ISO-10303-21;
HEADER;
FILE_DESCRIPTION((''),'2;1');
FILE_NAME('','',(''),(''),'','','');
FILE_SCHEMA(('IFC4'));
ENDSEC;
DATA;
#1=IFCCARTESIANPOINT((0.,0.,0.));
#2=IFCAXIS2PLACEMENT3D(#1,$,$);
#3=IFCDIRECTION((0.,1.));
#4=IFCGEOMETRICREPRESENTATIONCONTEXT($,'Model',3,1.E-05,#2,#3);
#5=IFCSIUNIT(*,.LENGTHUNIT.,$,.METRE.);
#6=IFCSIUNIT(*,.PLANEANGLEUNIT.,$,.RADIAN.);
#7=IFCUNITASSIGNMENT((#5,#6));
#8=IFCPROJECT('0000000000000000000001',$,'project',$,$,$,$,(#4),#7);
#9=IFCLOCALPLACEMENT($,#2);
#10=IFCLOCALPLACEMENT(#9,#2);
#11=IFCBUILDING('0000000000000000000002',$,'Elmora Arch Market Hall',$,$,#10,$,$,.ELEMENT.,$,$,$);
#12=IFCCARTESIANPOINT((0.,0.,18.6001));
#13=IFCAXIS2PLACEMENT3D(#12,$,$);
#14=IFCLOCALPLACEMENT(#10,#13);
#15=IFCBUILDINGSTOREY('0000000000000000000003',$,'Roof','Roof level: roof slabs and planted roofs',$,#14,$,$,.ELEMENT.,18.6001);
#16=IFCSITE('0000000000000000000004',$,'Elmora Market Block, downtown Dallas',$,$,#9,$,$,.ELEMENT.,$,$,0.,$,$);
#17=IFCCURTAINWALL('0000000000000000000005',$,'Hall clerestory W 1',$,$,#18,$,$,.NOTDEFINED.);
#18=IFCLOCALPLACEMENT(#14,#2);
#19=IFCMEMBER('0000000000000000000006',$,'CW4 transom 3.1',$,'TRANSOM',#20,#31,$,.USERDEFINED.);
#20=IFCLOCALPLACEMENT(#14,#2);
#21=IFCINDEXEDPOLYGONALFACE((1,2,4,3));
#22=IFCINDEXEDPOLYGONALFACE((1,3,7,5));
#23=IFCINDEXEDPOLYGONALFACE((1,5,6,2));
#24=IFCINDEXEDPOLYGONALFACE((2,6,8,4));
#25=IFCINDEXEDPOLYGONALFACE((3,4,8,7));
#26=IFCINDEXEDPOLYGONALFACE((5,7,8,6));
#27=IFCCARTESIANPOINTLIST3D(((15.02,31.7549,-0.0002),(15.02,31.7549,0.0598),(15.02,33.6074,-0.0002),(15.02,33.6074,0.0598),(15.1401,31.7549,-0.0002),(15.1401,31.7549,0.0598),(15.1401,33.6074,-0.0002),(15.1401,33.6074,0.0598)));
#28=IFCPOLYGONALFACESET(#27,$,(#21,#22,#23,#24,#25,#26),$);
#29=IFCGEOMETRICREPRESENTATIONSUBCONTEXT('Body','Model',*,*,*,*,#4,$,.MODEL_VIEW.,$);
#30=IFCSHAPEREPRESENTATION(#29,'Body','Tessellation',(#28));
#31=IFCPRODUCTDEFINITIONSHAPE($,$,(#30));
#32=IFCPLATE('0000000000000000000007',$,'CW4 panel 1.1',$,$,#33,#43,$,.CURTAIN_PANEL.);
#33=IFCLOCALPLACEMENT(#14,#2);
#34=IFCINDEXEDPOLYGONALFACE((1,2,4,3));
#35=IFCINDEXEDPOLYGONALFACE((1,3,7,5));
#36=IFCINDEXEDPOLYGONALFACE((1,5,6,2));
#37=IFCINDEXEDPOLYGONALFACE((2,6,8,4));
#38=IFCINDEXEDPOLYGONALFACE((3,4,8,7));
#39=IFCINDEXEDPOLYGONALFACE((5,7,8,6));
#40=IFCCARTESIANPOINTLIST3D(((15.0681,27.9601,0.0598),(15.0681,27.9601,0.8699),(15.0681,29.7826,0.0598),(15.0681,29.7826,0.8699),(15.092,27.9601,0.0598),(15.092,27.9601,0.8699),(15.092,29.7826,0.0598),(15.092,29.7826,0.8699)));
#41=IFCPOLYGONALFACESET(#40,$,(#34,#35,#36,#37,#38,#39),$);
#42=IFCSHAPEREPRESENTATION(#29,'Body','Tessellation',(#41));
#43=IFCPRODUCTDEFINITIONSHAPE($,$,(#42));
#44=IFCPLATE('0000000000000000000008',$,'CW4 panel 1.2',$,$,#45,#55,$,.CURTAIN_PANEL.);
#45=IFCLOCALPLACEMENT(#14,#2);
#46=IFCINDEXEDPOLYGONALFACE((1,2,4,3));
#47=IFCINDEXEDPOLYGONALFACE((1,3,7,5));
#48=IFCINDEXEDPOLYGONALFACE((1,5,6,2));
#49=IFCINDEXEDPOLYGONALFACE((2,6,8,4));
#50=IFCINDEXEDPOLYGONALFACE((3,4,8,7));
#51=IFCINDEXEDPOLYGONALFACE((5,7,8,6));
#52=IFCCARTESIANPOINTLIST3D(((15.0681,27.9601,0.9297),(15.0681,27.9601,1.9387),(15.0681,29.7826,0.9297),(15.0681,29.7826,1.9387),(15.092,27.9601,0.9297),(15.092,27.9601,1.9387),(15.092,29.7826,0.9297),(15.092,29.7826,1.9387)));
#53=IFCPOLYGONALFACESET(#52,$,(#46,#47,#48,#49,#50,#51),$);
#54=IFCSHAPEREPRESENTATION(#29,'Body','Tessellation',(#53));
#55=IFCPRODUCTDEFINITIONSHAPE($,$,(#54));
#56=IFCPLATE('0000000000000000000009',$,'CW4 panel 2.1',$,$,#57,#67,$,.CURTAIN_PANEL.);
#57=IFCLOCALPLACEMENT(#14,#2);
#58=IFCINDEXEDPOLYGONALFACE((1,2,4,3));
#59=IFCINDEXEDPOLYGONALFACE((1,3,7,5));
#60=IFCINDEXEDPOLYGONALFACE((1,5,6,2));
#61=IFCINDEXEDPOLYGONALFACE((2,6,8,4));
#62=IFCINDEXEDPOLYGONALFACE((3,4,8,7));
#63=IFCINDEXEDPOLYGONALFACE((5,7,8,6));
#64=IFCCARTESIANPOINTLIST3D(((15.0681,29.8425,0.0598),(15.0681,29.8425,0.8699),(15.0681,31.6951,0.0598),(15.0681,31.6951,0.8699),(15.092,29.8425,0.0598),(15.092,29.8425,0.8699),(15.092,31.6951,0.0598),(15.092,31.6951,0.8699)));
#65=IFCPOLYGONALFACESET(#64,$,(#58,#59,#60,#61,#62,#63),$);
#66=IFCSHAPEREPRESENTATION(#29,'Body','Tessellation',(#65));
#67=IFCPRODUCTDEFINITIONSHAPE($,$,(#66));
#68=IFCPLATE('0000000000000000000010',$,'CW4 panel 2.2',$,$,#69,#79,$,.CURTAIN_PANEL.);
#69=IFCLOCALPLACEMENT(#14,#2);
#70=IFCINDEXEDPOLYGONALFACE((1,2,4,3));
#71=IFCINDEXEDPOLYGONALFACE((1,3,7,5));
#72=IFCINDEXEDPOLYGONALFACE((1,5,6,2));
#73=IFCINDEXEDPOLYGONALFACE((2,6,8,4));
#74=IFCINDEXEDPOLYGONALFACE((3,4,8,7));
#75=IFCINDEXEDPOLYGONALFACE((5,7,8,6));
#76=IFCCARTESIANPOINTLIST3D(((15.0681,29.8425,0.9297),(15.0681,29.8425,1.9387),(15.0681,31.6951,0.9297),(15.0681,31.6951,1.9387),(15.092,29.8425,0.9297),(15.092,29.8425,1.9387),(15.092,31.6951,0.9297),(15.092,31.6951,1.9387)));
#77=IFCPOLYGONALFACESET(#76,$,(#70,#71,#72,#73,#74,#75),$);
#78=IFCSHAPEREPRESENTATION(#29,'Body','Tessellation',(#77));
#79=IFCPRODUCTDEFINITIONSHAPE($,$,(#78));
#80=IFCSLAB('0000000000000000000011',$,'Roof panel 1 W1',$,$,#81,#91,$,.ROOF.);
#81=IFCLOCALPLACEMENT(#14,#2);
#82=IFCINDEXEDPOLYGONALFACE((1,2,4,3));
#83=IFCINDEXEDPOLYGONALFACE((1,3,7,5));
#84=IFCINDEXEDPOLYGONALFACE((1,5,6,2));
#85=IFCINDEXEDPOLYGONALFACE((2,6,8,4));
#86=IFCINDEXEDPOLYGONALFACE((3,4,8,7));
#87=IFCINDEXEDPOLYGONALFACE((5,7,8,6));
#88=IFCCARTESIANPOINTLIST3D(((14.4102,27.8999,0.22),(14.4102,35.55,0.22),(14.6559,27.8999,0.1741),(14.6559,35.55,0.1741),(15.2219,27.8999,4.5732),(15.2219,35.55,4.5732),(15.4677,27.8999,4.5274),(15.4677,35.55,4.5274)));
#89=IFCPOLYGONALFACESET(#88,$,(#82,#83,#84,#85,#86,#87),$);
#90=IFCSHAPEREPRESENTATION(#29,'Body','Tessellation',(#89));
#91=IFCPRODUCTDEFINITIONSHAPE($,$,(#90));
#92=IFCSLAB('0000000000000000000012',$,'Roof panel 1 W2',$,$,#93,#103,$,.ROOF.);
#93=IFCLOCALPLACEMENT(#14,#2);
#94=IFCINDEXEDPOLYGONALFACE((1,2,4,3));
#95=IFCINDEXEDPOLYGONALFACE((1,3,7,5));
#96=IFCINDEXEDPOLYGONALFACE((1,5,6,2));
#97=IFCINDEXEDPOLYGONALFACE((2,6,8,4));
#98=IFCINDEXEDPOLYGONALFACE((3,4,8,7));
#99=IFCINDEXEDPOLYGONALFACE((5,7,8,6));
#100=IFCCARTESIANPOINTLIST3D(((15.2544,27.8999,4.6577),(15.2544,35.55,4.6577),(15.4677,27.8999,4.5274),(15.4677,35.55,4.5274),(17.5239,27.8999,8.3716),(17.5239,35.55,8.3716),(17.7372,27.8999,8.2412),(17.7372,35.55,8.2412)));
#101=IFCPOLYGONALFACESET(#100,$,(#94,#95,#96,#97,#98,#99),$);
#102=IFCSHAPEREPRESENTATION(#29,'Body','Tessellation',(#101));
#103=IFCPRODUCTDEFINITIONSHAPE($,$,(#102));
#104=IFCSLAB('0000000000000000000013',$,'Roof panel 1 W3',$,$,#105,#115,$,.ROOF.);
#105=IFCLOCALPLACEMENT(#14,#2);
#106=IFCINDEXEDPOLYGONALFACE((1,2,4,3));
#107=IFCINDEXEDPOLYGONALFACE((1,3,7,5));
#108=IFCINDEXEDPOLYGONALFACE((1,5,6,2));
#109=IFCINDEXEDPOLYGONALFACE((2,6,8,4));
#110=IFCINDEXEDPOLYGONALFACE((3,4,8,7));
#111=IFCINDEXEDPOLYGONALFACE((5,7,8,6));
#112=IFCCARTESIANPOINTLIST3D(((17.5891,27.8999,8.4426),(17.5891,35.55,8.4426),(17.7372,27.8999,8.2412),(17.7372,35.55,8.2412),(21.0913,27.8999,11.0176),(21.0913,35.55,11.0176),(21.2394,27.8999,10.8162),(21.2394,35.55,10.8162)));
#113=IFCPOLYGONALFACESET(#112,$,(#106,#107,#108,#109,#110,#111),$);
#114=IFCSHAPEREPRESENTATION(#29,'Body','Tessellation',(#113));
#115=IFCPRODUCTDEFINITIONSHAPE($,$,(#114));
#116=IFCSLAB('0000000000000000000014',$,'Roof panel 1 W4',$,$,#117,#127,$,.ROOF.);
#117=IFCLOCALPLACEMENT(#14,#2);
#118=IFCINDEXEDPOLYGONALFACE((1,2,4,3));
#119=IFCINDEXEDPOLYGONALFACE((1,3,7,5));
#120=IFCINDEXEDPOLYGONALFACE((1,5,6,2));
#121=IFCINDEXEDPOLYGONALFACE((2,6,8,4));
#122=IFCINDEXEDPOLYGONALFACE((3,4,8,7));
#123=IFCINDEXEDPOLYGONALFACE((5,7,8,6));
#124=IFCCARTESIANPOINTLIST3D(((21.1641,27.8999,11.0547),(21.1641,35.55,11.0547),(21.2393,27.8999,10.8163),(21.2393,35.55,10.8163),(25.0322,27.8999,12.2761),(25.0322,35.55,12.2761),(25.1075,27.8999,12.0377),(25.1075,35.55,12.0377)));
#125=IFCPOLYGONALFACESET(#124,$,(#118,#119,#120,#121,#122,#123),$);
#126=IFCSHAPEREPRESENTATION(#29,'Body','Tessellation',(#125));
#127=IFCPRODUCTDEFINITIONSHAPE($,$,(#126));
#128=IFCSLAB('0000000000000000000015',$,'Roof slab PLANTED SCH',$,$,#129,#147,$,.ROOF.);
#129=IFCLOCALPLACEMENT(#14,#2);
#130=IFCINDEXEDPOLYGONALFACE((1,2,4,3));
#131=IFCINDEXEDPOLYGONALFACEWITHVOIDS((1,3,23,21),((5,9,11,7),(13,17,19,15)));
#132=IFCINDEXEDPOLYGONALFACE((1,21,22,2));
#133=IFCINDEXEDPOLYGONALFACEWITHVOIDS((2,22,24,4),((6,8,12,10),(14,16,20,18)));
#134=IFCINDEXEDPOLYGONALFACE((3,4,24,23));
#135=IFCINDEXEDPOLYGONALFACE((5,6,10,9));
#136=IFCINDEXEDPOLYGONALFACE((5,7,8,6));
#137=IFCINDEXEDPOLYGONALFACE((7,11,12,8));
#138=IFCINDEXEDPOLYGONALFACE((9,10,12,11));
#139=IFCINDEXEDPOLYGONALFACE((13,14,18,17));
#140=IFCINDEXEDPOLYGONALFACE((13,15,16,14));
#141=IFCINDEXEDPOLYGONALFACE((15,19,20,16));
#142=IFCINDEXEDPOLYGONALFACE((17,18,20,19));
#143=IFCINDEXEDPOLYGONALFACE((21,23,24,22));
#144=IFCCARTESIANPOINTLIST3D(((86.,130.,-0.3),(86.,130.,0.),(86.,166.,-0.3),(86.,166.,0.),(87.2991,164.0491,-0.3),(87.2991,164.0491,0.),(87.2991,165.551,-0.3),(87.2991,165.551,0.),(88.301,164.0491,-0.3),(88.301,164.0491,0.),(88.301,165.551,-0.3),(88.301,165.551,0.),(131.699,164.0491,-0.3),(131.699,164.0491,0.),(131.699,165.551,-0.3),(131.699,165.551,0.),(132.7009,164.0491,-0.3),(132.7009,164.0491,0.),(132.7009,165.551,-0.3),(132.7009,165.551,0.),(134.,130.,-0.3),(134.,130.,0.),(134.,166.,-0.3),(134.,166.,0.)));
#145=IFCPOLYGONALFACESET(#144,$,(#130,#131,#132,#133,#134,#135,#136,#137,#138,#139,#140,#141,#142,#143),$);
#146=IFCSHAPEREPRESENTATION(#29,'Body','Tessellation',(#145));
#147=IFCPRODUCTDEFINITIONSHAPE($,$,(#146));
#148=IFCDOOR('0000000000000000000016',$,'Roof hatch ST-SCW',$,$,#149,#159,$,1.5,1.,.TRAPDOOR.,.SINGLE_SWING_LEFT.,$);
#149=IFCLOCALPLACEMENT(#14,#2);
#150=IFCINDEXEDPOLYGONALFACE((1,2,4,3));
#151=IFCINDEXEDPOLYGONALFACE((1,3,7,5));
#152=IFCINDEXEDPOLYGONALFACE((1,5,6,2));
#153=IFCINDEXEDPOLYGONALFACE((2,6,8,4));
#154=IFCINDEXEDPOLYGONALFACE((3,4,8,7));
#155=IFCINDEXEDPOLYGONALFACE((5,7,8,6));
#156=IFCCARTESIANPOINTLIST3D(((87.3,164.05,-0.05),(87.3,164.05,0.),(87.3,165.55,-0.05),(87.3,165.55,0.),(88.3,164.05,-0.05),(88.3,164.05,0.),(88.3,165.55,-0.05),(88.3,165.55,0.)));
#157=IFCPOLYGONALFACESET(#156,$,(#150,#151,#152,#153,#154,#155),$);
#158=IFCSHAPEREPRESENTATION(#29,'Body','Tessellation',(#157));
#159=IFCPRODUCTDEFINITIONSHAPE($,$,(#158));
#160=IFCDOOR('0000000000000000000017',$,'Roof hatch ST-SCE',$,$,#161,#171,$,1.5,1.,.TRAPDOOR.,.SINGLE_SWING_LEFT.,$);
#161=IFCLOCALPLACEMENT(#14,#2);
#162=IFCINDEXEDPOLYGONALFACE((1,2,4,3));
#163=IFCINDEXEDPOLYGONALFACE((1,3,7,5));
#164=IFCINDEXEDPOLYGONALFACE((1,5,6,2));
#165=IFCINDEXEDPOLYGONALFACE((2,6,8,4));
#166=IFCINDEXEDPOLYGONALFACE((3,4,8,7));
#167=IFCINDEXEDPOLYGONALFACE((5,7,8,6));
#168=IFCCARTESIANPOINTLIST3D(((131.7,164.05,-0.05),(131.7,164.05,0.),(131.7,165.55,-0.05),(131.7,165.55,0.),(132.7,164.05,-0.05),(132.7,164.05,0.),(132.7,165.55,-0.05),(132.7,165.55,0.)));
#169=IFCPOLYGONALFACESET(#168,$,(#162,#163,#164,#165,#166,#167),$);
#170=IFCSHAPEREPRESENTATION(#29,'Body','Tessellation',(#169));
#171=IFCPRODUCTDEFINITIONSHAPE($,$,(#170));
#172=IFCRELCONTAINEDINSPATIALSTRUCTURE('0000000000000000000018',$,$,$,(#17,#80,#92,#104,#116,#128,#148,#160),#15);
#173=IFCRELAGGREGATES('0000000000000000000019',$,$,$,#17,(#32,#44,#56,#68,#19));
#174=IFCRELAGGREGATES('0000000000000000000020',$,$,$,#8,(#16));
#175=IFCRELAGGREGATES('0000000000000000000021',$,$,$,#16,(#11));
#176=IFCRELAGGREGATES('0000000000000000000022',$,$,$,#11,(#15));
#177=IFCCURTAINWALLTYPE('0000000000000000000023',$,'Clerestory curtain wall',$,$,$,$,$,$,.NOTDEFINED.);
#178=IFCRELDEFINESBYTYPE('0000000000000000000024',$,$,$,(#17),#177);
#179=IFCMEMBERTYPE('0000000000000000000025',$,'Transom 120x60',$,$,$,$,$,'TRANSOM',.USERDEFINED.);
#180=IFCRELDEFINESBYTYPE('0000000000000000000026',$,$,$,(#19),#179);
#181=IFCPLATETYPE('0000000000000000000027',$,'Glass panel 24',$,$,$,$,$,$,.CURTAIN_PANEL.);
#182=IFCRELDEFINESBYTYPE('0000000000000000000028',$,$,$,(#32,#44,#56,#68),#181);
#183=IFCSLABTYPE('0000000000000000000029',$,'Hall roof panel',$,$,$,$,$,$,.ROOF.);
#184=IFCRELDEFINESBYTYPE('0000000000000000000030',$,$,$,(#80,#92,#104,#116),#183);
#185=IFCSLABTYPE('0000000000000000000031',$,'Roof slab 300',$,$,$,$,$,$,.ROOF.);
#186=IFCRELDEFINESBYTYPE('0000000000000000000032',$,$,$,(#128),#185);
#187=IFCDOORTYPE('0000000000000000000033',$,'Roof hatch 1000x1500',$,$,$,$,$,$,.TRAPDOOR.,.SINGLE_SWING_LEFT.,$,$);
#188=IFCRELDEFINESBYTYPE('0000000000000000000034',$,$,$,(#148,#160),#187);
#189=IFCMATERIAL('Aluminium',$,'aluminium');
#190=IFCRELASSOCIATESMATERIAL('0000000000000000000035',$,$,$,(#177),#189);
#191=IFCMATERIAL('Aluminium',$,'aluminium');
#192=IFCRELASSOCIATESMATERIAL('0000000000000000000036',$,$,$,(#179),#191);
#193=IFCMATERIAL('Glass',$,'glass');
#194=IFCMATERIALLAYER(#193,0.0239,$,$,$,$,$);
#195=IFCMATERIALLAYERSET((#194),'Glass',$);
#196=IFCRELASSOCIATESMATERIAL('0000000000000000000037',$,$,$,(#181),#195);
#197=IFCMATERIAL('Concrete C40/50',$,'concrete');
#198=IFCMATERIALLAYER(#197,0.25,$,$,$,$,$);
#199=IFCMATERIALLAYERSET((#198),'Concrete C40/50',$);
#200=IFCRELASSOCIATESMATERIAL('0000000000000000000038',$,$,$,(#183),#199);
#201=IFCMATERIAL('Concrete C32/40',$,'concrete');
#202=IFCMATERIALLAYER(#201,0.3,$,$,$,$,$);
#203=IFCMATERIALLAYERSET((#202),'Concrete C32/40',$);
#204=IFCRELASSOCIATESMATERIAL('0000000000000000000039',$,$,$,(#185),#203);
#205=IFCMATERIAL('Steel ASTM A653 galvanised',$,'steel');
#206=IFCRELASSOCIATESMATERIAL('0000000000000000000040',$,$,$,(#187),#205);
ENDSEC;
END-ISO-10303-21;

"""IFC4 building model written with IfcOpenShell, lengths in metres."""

from ifc_helpers import new_model, si_unit, direction, frame, origin, origin_2d, place, context, subcontext, project, spatial, polyline, rectangle, outline, extrude, material, layer, layer_set, material_profile, profile_set, type_object, element, fill, aggregate, save


model = new_model("IFC4")

# Units and contexts
model_context = context("Model", 3, precision=1e-05, world=origin(), true_north=direction((0.0, 1.0)))
body_context = subcontext(model_context, "Body", "Model", "MODEL_VIEW")
ifc_project = project(units=[si_unit("LENGTHUNIT", "METRE"), si_unit("PLANEANGLEUNIT", "RADIAN")], contexts=[model_context])

# Site, building, storey
site_placement = place(None, origin())
site = spatial("IfcSite", under=ifc_project, at=site_placement, Name="Elmora Market Block, downtown Dallas", CompositionType="ELEMENT", RefElevation=0.0)
building_placement = place(site_placement, origin())
building = spatial("IfcBuilding", under=site, at=building_placement, Name="Elmora Arch Market Hall", CompositionType="ELEMENT")
storey_placement = place(building_placement, frame((0.0, 0.0, 18.6001)))
storey = spatial("IfcBuildingStorey", under=building, at=storey_placement, Name="Roof", Description="Roof level: roof slabs and planted roofs", CompositionType="ELEMENT", Elevation=18.6001)

# Curtain wall, member, plates
ifc_material_1 = material(Name="Aluminium", Category="aluminium")
curtain_wall_type = type_object("IfcCurtainWallType", Name="Clerestory curtain wall", PredefinedType="NOTDEFINED", material=ifc_material_1)
curtain_wall_placement = place(storey_placement, origin())
curtain_wall = element("IfcCurtainWall", 1, at=curtain_wall_placement, inside=storey, type_object=curtain_wall_type, Name="Hall clerestory W 1", PredefinedType="NOTDEFINED")
ifc_material_2 = material(Name="Aluminium", Category="aluminium")
ifc_material_profile_1 = material_profile(ifc_material_2, rectangle(XDim=0.1201, YDim=0.0601, at=origin_2d()), Name="AL 120x60")
ifc_profile_set_1 = profile_set([ifc_material_profile_1], Name="Aluminium")
member_type_1 = type_object("IfcMemberType", Name="Transom 120x60", ElementType="TRANSOM", PredefinedType="USERDEFINED", material=ifc_profile_set_1)
member_1_placement = place(storey_placement, frame((15.0801, 31.7549, 0.0298), z_axis=(0.0, 1.0, 0.0), x_axis=(-1.0, 0.0, 0.0)))
member_1 = element("IfcMember", 2, at=member_1_placement, type_object=member_type_1, Name="CW4 transom 3.1", ObjectType="TRANSOM", PredefinedType="USERDEFINED", context=body_context, shape_type="SweptSolid", body=[
    extrude(rectangle(XDim=0.1201, YDim=0.0601, at=origin_2d()), origin(), (0.0, 0.0, 1.0), 1.8525),
])
ifc_material_3 = material(Name="Glass", Category="glass")
ifc_layer_1 = layer(ifc_material_3, 0.0239)
ifc_layer_set_1 = layer_set([ifc_layer_1], Name="Glass")
plate_type = type_object("IfcPlateType", Name="Glass panel 24", PredefinedType="CURTAIN_PANEL", material=ifc_layer_set_1)
plate_1_placement = place(storey_placement, frame((15.0801, 28.8713, 0.0598), z_axis=(0.0, 0.0, 1.0), x_axis=(0.0, 1.0, 0.0)))
plate_1 = element("IfcPlate", 3, at=plate_1_placement, type_object=plate_type, Name="CW4 panel 1.1", PredefinedType="CURTAIN_PANEL", context=body_context, shape_type="SweptSolid", body=[
    extrude(rectangle(XDim=1.8225, YDim=0.0239, at=origin_2d()), origin(), (0.0, 0.0, 1.0), 0.8101),
])
plate_2_placement = place(storey_placement, frame((15.0801, 28.8713, 0.9297), z_axis=(0.0, 0.0, 1.0), x_axis=(0.0, 1.0, 0.0)))
plate_2 = element("IfcPlate", 4, at=plate_2_placement, type_object=plate_type, Name="CW4 panel 1.2", PredefinedType="CURTAIN_PANEL", context=body_context, shape_type="SweptSolid", body=[
    extrude(rectangle(XDim=1.8225, YDim=0.0239, at=origin_2d()), origin(), (0.0, 0.0, 1.0), 1.009),
])
plate_3_placement = place(storey_placement, frame((15.0801, 30.7688, 0.0598), z_axis=(0.0, 0.0, 1.0), x_axis=(0.0, 1.0, 0.0)))
plate_3 = element("IfcPlate", 5, at=plate_3_placement, type_object=plate_type, Name="CW4 panel 2.1", PredefinedType="CURTAIN_PANEL", context=body_context, shape_type="SweptSolid", body=[
    extrude(rectangle(XDim=1.8525, YDim=0.0239, at=origin_2d()), origin(), (0.0, 0.0, 1.0), 0.8101),
])
plate_4_placement = place(storey_placement, frame((15.0801, 30.7688, 0.9297), z_axis=(0.0, 0.0, 1.0), x_axis=(0.0, 1.0, 0.0)))
plate_4 = element("IfcPlate", 6, at=plate_4_placement, type_object=plate_type, Name="CW4 panel 2.2", PredefinedType="CURTAIN_PANEL", context=body_context, shape_type="SweptSolid", body=[
    extrude(rectangle(XDim=1.8525, YDim=0.0239, at=origin_2d()), origin(), (0.0, 0.0, 1.0), 1.009),
])
aggregate(curtain_wall, [plate_1, plate_2, plate_3, plate_4, member_1])

# Slabs
ifc_material_4 = material(Name="Concrete C40/50", Category="concrete")
ifc_layer_2 = layer(ifc_material_4, 0.25)
ifc_layer_set_2 = layer_set([ifc_layer_2], Name="Concrete C40/50")
slab_type_1 = type_object("IfcSlabType", Name="Hall roof panel", PredefinedType="ROOF", material=ifc_layer_set_2)
slab_1_placement = place(storey_placement, frame((14.4102, 27.8999, 0.22), z_axis=(-0.983055, 0.0, 0.183313), x_axis=(0.0, 1.0, 0.0)))
element("IfcSlab", 7, at=slab_1_placement, inside=storey, type_object=slab_type_1, Name="Roof panel 1 W1", PredefinedType="ROOF", context=body_context, shape_type="SweptSolid", body=[
    extrude(outline(polyline([(0.0, 0.0), (7.6501, 0.0), (7.6501, -4.4283), (0.0, -4.4283), (0.0, 0.0)])), origin(), (0.0, 0.0, -1.0), 0.25),
])
slab_2_placement = place(storey_placement, frame((15.2544, 27.8999, 4.6577), z_axis=(-0.853287, 0.0, 0.521441), x_axis=(0.0, 1.0, 0.0)))
element("IfcSlab", 8, at=slab_2_placement, inside=storey, type_object=slab_type_1, Name="Roof panel 1 W2", PredefinedType="ROOF", context=body_context, shape_type="SweptSolid", body=[
    extrude(outline(polyline([(0.0, 0.0), (7.6501, 0.0), (7.6501, -4.3524), (0.0, -4.3524), (0.0, 0.0)])), origin(), (0.0, 0.0, -1.0), 0.25),
])
slab_3_placement = place(storey_placement, frame((17.5891, 27.8999, 8.4426), z_axis=(-0.592362, 0.0, 0.805672), x_axis=(0.0, 1.0, 0.0)))
element("IfcSlab", 9, at=slab_3_placement, inside=storey, type_object=slab_type_1, Name="Roof panel 1 W3", PredefinedType="ROOF", context=body_context, shape_type="SweptSolid", body=[
    extrude(outline(polyline([(0.0, 0.0), (7.6501, 0.0), (7.6501, -4.3469), (0.0, -4.3469), (0.0, 0.0)])), origin(), (0.0, 0.0, -1.0), 0.25),
])
slab_4_placement = place(storey_placement, frame((21.1641, 27.8999, 11.0547), z_axis=(-0.301111, 0.0, 0.953589), x_axis=(0.0, 1.0, 0.0)))
element("IfcSlab", 10, at=slab_4_placement, inside=storey, type_object=slab_type_1, Name="Roof panel 1 W4", PredefinedType="ROOF", context=body_context, shape_type="SweptSolid", body=[
    extrude(outline(polyline([(0.0, 0.0), (7.6501, 0.0), (7.6501, -4.0564), (0.0, -4.0564), (0.0, 0.0)])), origin(), (0.0, 0.0, -1.0), 0.25),
])

# Slab, openings, doors
ifc_material_5 = material(Name="Concrete C32/40", Category="concrete")
ifc_layer_3 = layer(ifc_material_5, 0.3)
ifc_layer_set_3 = layer_set([ifc_layer_3], Name="Concrete C32/40")
slab_type_2 = type_object("IfcSlabType", Name="Roof slab 300", PredefinedType="ROOF", material=ifc_layer_set_3)
slab_5_placement = place(storey_placement, frame((0.0, 0.0, -0.3)))
slab_5 = element("IfcSlab", 11, at=slab_5_placement, inside=storey, type_object=slab_type_2, Name="Roof slab PLANTED SCH", PredefinedType="ROOF", context=body_context, shape_type="SweptSolid", body=[
    extrude(outline(polyline([(86.0, 130.0), (86.0, 166.0), (134.0, 166.0), (134.0, 130.0), (86.0, 130.0)]), holes=[polyline([(132.7009, 164.0491), (132.7009, 165.551), (131.699, 165.551), (131.699, 164.0491), (132.7009, 164.0491)]), polyline([(88.301, 164.0491), (88.301, 165.551), (87.2991, 165.551), (87.2991, 164.0491), (88.301, 164.0491)])]), origin(), (0.0, 0.0, 1.0), 0.3),
])
opening_1_placement = place(slab_5_placement, frame((87.8, 164.8, 0.0)))
opening_1 = element("IfcOpeningElement", 12, at=opening_1_placement, cuts=slab_5, PredefinedType="OPENING", context=body_context, shape_type="SweptSolid", body=[
    extrude(rectangle(XDim=1.0, YDim=1.5, at=origin_2d()), origin(), (0.0, 0.0, 1.0), 0.3),
])
opening_2_placement = place(slab_5_placement, frame((132.2, 164.8, 0.0)))
opening_2 = element("IfcOpeningElement", 13, at=opening_2_placement, cuts=slab_5, PredefinedType="OPENING", context=body_context, shape_type="SweptSolid", body=[
    extrude(rectangle(XDim=1.0, YDim=1.5, at=origin_2d()), origin(), (0.0, 0.0, 1.0), 0.3),
])
ifc_material_6 = material(Name="Steel ASTM A653 galvanised", Category="steel")
door_type = type_object("IfcDoorType", Name="Roof hatch 1000x1500", OperationType="SINGLE_SWING_LEFT", PredefinedType="TRAPDOOR", material=ifc_material_6)
door_1_placement = place(opening_1_placement, frame((0.0, 0.0, 0.25)))
door_1 = element("IfcDoor", 14, at=door_1_placement, inside=storey, type_object=door_type, Name="Roof hatch ST-SCW", OperationType="SINGLE_SWING_LEFT", OverallHeight=1.5, OverallWidth=1.0, PredefinedType="TRAPDOOR", context=body_context, shape_type="SweptSolid", body=[
    extrude(rectangle(XDim=1.0, YDim=1.5, at=origin_2d()), origin(), (0.0, 0.0, 1.0), 0.05),
])
fill(opening_1, door_1)
door_2_placement = place(opening_2_placement, frame((0.0, 0.0, 0.25)))
door_2 = element("IfcDoor", 15, at=door_2_placement, inside=storey, type_object=door_type, Name="Roof hatch ST-SCE", OperationType="SINGLE_SWING_LEFT", OverallHeight=1.5, OverallWidth=1.0, PredefinedType="TRAPDOOR", context=body_context, shape_type="SweptSolid", body=[
    extrude(rectangle(XDim=1.0, YDim=1.5, at=origin_2d()), origin(), (0.0, 0.0, 1.0), 0.05),
])
fill(opening_2, door_2)

save(model, "model.ifc")
